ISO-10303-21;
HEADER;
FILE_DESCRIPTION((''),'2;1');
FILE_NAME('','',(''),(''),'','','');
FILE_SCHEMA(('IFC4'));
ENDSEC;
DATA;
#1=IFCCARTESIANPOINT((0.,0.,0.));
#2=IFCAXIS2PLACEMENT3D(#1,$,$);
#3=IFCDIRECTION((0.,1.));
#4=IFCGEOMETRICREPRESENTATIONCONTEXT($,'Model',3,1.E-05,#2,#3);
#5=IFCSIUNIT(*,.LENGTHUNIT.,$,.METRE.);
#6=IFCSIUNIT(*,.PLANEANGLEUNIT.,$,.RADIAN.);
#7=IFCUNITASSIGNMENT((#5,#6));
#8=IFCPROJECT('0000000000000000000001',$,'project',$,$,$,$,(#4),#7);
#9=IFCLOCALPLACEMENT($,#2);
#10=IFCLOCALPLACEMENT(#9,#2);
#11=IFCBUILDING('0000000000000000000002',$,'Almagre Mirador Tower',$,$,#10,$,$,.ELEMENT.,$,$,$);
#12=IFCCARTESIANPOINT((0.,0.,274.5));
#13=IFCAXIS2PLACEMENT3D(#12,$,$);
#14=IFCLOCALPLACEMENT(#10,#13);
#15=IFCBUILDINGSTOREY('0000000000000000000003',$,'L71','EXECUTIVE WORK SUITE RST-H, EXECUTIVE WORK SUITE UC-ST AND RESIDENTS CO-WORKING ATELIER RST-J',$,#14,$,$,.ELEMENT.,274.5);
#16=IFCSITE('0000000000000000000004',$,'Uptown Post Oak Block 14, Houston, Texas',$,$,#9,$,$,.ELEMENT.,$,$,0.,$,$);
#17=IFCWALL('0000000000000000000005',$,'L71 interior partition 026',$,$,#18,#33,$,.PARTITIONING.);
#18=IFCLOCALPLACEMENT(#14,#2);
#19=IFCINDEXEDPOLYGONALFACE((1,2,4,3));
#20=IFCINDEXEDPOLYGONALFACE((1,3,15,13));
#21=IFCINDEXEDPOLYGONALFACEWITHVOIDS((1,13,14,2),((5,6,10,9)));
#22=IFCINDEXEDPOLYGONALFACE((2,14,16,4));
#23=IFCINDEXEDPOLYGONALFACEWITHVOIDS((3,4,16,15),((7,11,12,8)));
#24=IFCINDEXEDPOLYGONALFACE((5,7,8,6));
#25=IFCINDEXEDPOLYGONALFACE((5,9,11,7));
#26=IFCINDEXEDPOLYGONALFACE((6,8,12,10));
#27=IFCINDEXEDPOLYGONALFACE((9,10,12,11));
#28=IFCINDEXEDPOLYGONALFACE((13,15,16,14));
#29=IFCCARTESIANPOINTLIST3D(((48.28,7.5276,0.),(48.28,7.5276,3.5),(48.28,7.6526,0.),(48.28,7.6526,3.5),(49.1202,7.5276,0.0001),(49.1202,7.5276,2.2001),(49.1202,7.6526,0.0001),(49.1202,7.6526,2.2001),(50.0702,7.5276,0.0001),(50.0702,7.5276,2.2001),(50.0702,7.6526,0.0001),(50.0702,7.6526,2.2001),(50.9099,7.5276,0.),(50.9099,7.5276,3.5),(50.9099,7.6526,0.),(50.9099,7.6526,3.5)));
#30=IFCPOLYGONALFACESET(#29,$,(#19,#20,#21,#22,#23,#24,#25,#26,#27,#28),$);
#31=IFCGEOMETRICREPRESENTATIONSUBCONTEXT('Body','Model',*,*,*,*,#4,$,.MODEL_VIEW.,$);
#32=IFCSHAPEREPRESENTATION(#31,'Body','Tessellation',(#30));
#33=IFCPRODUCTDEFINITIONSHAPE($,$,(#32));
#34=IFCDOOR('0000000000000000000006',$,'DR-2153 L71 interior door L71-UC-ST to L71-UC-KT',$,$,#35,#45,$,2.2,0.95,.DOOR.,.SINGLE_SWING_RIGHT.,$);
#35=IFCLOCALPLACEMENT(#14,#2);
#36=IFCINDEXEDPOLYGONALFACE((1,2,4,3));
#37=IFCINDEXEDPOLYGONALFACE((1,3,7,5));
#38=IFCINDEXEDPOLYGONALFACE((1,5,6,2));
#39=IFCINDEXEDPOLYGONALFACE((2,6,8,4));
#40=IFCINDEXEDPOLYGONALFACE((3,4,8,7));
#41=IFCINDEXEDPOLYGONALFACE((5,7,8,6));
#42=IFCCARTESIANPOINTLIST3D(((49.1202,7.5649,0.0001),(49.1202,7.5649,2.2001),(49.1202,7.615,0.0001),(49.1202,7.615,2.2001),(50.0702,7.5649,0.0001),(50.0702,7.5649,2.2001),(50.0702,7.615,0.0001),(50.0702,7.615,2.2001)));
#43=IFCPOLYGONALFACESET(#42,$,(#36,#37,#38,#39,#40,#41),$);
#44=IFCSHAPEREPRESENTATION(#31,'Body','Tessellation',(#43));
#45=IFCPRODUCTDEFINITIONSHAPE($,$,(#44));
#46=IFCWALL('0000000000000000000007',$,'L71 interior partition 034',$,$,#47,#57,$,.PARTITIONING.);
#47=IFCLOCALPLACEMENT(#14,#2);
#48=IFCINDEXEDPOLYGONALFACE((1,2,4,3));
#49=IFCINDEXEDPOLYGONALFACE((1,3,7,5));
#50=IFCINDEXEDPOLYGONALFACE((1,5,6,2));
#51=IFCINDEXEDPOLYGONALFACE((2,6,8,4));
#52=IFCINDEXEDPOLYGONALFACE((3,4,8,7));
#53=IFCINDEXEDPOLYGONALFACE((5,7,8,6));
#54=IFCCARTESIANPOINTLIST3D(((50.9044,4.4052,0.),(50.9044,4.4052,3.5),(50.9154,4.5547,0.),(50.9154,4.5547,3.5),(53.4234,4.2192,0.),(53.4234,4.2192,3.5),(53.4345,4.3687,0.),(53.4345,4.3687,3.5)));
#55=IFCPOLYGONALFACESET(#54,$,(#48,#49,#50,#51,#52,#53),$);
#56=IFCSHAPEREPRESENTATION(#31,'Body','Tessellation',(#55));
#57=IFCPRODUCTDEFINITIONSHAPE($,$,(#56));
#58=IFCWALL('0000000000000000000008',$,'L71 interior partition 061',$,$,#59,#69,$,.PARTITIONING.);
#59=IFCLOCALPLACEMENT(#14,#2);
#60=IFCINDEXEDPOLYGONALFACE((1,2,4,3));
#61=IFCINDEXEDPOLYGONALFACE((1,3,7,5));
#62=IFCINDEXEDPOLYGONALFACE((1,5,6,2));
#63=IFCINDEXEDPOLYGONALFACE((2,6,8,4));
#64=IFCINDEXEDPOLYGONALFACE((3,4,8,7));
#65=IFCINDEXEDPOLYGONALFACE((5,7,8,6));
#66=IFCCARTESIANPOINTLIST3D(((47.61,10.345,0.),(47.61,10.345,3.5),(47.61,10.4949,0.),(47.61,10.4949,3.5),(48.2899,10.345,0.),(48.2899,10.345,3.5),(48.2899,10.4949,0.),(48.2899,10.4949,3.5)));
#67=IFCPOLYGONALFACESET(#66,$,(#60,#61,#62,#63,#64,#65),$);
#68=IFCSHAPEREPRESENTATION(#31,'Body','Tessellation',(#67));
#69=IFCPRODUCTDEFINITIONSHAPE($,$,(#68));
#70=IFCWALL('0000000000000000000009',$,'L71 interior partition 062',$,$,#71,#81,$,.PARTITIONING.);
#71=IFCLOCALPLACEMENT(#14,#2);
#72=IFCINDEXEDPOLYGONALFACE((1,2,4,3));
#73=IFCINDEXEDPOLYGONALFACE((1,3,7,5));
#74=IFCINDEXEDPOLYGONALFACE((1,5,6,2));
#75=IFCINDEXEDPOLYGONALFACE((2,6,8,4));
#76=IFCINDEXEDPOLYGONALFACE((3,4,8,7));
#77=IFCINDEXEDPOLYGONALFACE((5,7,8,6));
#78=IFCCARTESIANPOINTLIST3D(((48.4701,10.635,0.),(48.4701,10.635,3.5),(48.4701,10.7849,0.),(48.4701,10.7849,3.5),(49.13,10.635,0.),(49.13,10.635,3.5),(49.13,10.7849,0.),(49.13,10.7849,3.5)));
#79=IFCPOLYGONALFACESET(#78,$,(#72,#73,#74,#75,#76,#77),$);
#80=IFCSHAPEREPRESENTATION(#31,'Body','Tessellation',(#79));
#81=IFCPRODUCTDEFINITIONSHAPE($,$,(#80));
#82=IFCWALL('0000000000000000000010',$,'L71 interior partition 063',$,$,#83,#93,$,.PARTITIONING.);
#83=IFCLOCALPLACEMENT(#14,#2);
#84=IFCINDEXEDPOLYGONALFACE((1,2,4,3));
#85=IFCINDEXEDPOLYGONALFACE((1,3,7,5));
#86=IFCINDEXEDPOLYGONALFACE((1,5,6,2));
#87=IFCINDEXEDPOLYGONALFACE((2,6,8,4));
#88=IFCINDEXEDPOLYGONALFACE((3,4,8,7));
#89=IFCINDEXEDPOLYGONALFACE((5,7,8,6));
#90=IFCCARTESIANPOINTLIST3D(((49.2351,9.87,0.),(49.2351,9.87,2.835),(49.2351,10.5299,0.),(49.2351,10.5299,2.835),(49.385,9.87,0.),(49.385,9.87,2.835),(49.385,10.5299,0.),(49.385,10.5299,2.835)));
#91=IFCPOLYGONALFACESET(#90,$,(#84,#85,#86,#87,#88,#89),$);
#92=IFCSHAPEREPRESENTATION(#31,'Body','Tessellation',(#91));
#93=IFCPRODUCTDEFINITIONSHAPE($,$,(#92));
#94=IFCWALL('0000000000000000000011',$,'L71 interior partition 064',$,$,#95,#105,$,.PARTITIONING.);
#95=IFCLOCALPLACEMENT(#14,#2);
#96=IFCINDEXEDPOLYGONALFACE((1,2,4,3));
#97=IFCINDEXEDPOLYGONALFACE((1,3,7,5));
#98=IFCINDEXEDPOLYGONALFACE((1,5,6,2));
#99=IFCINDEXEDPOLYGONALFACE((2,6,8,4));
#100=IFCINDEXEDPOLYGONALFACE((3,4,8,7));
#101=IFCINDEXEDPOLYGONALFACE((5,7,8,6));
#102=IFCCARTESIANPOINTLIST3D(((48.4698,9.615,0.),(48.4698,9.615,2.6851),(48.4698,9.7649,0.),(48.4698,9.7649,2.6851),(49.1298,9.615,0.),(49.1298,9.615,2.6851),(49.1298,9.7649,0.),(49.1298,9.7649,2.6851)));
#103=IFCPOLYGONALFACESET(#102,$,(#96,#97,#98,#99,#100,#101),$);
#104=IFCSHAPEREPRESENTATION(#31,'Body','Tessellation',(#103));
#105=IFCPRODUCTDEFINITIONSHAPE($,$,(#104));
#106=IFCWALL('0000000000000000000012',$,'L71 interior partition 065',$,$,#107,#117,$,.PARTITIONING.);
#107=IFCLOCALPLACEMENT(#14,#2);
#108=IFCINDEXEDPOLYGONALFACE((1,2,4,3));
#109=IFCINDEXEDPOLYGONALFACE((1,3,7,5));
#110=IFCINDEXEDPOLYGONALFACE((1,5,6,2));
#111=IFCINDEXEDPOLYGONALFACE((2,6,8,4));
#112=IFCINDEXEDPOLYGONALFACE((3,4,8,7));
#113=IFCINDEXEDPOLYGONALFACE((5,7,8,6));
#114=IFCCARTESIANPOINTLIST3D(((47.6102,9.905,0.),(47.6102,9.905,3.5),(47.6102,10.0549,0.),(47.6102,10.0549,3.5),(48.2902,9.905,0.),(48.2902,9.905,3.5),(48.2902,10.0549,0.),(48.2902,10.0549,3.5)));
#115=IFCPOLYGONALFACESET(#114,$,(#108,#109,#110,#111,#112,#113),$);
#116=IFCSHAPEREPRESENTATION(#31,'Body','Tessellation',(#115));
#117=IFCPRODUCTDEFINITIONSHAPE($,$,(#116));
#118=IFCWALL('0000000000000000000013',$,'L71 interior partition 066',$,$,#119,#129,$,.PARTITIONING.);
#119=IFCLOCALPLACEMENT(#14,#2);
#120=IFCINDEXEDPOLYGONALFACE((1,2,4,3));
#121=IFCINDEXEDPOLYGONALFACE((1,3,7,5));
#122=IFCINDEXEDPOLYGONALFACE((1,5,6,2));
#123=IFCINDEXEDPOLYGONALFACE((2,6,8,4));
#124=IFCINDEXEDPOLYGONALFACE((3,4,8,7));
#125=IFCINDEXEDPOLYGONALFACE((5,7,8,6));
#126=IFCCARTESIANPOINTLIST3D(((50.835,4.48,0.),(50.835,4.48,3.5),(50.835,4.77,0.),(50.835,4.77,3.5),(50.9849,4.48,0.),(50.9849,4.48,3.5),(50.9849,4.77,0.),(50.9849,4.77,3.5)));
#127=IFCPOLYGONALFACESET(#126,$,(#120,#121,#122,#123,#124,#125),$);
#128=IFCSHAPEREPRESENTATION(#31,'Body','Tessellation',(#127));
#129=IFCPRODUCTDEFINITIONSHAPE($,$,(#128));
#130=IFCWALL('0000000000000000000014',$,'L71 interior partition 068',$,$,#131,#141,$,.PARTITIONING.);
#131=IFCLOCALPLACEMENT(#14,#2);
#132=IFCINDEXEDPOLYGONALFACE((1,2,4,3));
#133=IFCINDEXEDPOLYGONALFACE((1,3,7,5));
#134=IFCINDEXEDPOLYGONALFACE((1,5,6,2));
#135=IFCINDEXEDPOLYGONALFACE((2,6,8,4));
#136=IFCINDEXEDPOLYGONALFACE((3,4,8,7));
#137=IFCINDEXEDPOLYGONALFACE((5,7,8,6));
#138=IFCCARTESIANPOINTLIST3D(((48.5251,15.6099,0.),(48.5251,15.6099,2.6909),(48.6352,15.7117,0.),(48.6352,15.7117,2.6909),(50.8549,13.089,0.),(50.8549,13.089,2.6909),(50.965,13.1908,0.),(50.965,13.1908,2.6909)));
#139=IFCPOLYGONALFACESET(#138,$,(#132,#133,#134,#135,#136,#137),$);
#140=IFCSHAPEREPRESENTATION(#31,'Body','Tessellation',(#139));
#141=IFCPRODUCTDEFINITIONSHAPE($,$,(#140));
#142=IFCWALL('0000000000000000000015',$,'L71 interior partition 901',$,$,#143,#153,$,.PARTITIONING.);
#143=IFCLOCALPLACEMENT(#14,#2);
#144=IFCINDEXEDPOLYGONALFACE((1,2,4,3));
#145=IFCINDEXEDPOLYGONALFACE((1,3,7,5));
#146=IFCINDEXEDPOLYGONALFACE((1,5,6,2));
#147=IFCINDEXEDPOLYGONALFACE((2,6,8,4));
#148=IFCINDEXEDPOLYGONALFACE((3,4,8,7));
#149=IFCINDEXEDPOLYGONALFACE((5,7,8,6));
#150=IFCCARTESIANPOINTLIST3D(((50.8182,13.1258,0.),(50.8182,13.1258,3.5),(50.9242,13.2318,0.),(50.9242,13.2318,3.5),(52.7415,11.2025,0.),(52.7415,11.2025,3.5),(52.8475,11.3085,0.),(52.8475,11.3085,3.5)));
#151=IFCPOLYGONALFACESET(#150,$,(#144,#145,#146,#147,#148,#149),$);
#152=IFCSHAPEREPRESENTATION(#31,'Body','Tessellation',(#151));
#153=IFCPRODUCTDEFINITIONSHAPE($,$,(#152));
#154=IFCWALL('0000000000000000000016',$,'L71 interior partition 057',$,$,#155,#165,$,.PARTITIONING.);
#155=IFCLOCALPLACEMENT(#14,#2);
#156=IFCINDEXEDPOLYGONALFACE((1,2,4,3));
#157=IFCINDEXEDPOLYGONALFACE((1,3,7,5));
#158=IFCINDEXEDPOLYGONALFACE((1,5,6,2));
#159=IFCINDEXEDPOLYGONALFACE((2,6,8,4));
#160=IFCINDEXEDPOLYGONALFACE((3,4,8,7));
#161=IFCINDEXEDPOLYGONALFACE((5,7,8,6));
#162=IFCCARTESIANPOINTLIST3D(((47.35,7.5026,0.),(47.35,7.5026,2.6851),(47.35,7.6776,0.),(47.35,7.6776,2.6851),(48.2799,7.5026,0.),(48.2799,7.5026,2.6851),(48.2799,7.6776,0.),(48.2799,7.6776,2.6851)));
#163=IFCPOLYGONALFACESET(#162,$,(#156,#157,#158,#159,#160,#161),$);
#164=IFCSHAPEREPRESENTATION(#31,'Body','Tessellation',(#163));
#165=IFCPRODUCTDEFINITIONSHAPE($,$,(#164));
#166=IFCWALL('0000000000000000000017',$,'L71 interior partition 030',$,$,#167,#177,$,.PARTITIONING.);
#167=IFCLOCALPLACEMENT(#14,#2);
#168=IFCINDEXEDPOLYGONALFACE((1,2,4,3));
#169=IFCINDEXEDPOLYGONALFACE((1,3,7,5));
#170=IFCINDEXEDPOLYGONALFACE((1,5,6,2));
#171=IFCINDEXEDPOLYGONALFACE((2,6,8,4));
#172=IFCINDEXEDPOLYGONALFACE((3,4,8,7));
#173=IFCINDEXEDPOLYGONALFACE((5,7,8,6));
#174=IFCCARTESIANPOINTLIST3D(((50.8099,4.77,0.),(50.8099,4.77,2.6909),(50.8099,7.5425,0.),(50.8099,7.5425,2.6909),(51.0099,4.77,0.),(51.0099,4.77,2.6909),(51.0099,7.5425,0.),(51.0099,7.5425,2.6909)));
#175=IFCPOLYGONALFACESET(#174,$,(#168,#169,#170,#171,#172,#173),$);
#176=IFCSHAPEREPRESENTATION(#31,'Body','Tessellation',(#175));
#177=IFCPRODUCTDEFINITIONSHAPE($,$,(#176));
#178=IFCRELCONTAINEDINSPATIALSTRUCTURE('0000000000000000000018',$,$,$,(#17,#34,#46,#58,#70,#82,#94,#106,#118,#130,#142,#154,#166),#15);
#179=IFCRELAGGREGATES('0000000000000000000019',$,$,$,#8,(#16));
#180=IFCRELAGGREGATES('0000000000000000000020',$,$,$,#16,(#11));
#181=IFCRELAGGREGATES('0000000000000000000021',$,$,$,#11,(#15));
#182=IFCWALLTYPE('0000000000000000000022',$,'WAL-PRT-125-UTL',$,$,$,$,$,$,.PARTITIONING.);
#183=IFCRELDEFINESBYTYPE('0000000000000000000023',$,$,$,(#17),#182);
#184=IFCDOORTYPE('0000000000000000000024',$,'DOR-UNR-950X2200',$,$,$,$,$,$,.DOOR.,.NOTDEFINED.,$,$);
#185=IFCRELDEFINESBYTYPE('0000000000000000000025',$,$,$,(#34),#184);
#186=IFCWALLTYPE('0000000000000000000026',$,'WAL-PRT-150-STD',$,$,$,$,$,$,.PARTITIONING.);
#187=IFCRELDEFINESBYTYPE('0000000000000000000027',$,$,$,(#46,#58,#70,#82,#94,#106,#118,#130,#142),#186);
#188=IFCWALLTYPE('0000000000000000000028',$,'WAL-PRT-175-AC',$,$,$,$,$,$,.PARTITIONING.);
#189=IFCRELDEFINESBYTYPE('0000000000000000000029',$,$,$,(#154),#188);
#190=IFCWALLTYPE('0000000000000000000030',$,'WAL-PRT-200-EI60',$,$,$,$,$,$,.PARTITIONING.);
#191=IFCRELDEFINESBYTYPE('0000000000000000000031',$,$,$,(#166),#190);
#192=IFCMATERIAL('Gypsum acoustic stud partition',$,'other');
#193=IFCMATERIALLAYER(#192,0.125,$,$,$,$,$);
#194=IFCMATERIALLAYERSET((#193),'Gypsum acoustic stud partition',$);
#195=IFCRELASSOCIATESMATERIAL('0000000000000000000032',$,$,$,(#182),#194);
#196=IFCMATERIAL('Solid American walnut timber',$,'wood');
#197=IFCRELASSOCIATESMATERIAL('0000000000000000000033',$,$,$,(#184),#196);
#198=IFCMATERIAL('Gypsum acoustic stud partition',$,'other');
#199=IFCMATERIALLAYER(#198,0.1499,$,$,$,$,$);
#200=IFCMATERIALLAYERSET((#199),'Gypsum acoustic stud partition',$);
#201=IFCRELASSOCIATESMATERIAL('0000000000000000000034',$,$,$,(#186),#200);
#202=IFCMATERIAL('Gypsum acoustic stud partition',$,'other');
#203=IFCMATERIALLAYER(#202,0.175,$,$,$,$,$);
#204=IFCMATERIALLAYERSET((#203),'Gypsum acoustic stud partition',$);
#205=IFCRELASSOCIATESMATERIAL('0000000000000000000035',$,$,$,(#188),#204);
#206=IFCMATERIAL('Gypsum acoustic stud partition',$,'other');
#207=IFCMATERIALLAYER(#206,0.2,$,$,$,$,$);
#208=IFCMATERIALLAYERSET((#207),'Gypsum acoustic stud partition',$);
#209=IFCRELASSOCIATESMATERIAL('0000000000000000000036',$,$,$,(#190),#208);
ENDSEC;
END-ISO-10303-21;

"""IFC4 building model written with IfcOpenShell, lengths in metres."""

from ifc_helpers import new_model, si_unit, direction, frame, frame_2d, origin, place, context, subcontext, project, spatial, rectangle, extrude, material, layer, layer_set, type_object, element, fill, save


model = new_model("IFC4")

# Units and contexts
model_context = context("Model", 3, precision=1e-05, world=origin(), true_north=direction((0.0, 1.0)))
body_context = subcontext(model_context, "Body", "Model", "MODEL_VIEW")
ifc_project = project(units=[si_unit("LENGTHUNIT", "METRE"), si_unit("PLANEANGLEUNIT", "RADIAN")], contexts=[model_context])

# Site, building, storey
site_placement = place(None, origin())
site = spatial("IfcSite", under=ifc_project, at=site_placement, Name="Uptown Post Oak Block 14, Houston, Texas", CompositionType="ELEMENT", RefElevation=0.0)
building_placement = place(site_placement, origin())
building = spatial("IfcBuilding", under=site, at=building_placement, Name="Almagre Mirador Tower", CompositionType="ELEMENT")
storey_placement = place(building_placement, frame((0.0, 0.0, 274.5)))
storey = spatial("IfcBuildingStorey", under=building, at=storey_placement, Name="L71", Description="EXECUTIVE WORK SUITE RST-H, EXECUTIVE WORK SUITE UC-ST AND RESIDENTS CO-WORKING ATELIER RST-J", CompositionType="ELEMENT", Elevation=274.5)

# Wall, opening, door
ifc_material_1 = material(Name="Gypsum acoustic stud partition", Category="other")
ifc_layer_1 = layer(ifc_material_1, 0.125)
ifc_layer_set_1 = layer_set([ifc_layer_1], Name="Gypsum acoustic stud partition")
wall_type_1 = type_object("IfcWallType", Name="WAL-PRT-125-UTL", PredefinedType="PARTITIONING", material=ifc_layer_set_1)
wall_1_placement = place(storey_placement, frame((48.28, 7.5901, 0.0), z_axis=(0.0, 0.0, 1.0), x_axis=(1.0, 0.0, 0.0)))
wall_1 = element("IfcWall", 1, at=wall_1_placement, inside=storey, type_object=wall_type_1, Name="L71 interior partition 026", PredefinedType="PARTITIONING", context=body_context, shape_type="SweptSolid", body=[
    extrude(rectangle(XDim=2.6299, YDim=0.125, at=frame_2d((1.3149, 0.0))), origin(), (0.0, 0.0, 1.0), 3.5),
])
opening_1_placement = place(wall_1_placement, frame((0.8401, 0.0, 0.0)))
opening_1 = element("IfcOpeningElement", 2, at=opening_1_placement, cuts=wall_1, PredefinedType="OPENING", context=body_context, shape_type="SweptSolid", body=[
    extrude(rectangle(XDim=0.95, YDim=2.2, at=frame_2d((0.4751, 1.1001))), frame((0.0, 0.0725, 0.0), z_axis=(0.0, -1.0, 0.0), x_axis=(1.0, 0.0, 0.0)), (0.0, 0.0, 1.0), 0.145),
])
ifc_material_2 = material(Name="Solid American walnut timber", Category="wood")
door_type = type_object("IfcDoorType", Name="DOR-UNR-950X2200", OperationType="NOTDEFINED", PredefinedType="DOOR", material=ifc_material_2)
door_placement = place(opening_1_placement, origin())
door = element("IfcDoor", 3, at=door_placement, inside=storey, type_object=door_type, Name="DR-2153 L71 interior door L71-UC-ST to L71-UC-KT", OperationType="SINGLE_SWING_RIGHT", OverallHeight=2.2, OverallWidth=0.95, PredefinedType="DOOR", context=body_context, shape_type="SweptSolid", body=[
    extrude(rectangle(XDim=0.95, YDim=2.2, at=frame_2d((0.4751, 1.1001))), frame((0.0, 0.0249, 0.0), z_axis=(0.0, -1.0, 0.0), x_axis=(1.0, 0.0, 0.0)), (0.0, 0.0, 1.0), 0.05),
])
fill(opening_1, door)

# Walls
ifc_material_3 = material(Name="Gypsum acoustic stud partition", Category="other")
ifc_layer_2 = layer(ifc_material_3, 0.1499)
ifc_layer_set_2 = layer_set([ifc_layer_2], Name="Gypsum acoustic stud partition")
wall_type_2 = type_object("IfcWallType", Name="WAL-PRT-150-STD", PredefinedType="PARTITIONING", material=ifc_layer_set_2)
wall_2_placement = place(storey_placement, frame((50.9099, 4.48, 0.0), z_axis=(0.0, 0.0, 1.0), x_axis=(0.997284, -0.073651, 0.0)))
element("IfcWall", 4, at=wall_2_placement, inside=storey, type_object=wall_type_2, Name="L71 interior partition 034", PredefinedType="PARTITIONING", context=body_context, shape_type="SweptSolid", body=[
    extrude(rectangle(XDim=2.5259, YDim=0.1499, at=frame_2d((1.2629, 0.0))), origin(), (0.0, 0.0, 1.0), 3.5),
])
wall_3_placement = place(storey_placement, frame((47.6101, 10.4199, 0.0), z_axis=(0.0, 0.0, 1.0), x_axis=(1.0, 0.0, 0.0)))
element("IfcWall", 5, at=wall_3_placement, inside=storey, type_object=wall_type_2, Name="L71 interior partition 061", PredefinedType="PARTITIONING", context=body_context, shape_type="SweptSolid", body=[
    extrude(rectangle(XDim=0.6799, YDim=0.1499, at=frame_2d((0.3398, 0.0))), origin(), (0.0, 0.0, 1.0), 3.5),
])
wall_4_placement = place(storey_placement, frame((48.47, 10.71, 0.0), z_axis=(0.0, 0.0, 1.0), x_axis=(1.0, 0.0, 0.0)))
element("IfcWall", 6, at=wall_4_placement, inside=storey, type_object=wall_type_2, Name="L71 interior partition 062", PredefinedType="PARTITIONING", context=body_context, shape_type="SweptSolid", body=[
    extrude(rectangle(XDim=0.6599, YDim=0.1499, at=frame_2d((0.3301, 0.0))), origin(), (0.0, 0.0, 1.0), 3.5),
])
wall_5_placement = place(storey_placement, frame((49.3101, 10.53, 0.0), z_axis=(0.0, 0.0, 1.0), x_axis=(0.0, -1.0, 0.0)))
element("IfcWall", 7, at=wall_5_placement, inside=storey, type_object=wall_type_2, Name="L71 interior partition 063", PredefinedType="PARTITIONING", context=body_context, shape_type="SweptSolid", body=[
    extrude(rectangle(XDim=0.6599, YDim=0.1499, at=frame_2d((0.3301, 0.0))), origin(), (0.0, 0.0, 1.0), 2.835),
])
wall_6_placement = place(storey_placement, frame((49.1299, 9.6899, 0.0), z_axis=(0.0, 0.0, 1.0), x_axis=(-1.0, 0.0, 0.0)))
element("IfcWall", 8, at=wall_6_placement, inside=storey, type_object=wall_type_2, Name="L71 interior partition 064", PredefinedType="PARTITIONING", context=body_context, shape_type="SweptSolid", body=[
    extrude(rectangle(XDim=0.6599, YDim=0.1499, at=frame_2d((0.3301, 0.0))), origin(), (0.0, 0.0, 1.0), 2.6851),
])
wall_7_placement = place(storey_placement, frame((48.29, 9.98, 0.0), z_axis=(0.0, 0.0, 1.0), x_axis=(-1.0, 0.0, 0.0)))
element("IfcWall", 9, at=wall_7_placement, inside=storey, type_object=wall_type_2, Name="L71 interior partition 065", PredefinedType="PARTITIONING", context=body_context, shape_type="SweptSolid", body=[
    extrude(rectangle(XDim=0.6799, YDim=0.1499, at=frame_2d((0.3398, 0.0))), origin(), (0.0, 0.0, 1.0), 3.5),
])
wall_8_placement = place(storey_placement, frame((50.9099, 4.77, 0.0), z_axis=(0.0, 0.0, 1.0), x_axis=(0.0, -1.0, 0.0)))
element("IfcWall", 10, at=wall_8_placement, inside=storey, type_object=wall_type_2, Name="L71 interior partition 066", PredefinedType="PARTITIONING", context=body_context, shape_type="SweptSolid", body=[
    extrude(rectangle(XDim=0.29, YDim=0.1499, at=frame_2d((0.145, 0.0))), origin(), (0.0, 0.0, 1.0), 3.5),
])
wall_9_placement = place(storey_placement, frame((50.9099, 13.1399, 0.0), z_axis=(0.0, 0.0, 1.0), x_axis=(-0.678714, 0.734402, 0.0)))
element("IfcWall", 11, at=wall_9_placement, inside=storey, type_object=wall_type_2, Name="L71 interior partition 068", PredefinedType="PARTITIONING", context=body_context, shape_type="SweptSolid", body=[
    extrude(rectangle(XDim=3.4326, YDim=0.1499, at=frame_2d((1.7163, 0.0))), origin(), (0.0, 0.0, 1.0), 2.6909),
])
wall_10_placement = place(storey_placement, frame((52.7944, 11.2556, 0.0), z_axis=(0.0, 0.0, 1.0), x_axis=(-0.707107, 0.707107, 0.0)))
element("IfcWall", 12, at=wall_10_placement, inside=storey, type_object=wall_type_2, Name="L71 interior partition 901", PredefinedType="PARTITIONING", context=body_context, shape_type="SweptSolid", body=[
    extrude(rectangle(XDim=2.72, YDim=0.1499, at=frame_2d((1.3599, 0.0))), origin(), (0.0, 0.0, 1.0), 3.5),
])
ifc_material_4 = material(Name="Gypsum acoustic stud partition", Category="other")
ifc_layer_3 = layer(ifc_material_4, 0.175)
ifc_layer_set_3 = layer_set([ifc_layer_3], Name="Gypsum acoustic stud partition")
wall_type_3 = type_object("IfcWallType", Name="WAL-PRT-175-AC", PredefinedType="PARTITIONING", material=ifc_layer_set_3)
wall_11_placement = place(storey_placement, frame((47.3501, 7.5901, 0.0), z_axis=(0.0, 0.0, 1.0), x_axis=(1.0, 0.0, 0.0)))
element("IfcWall", 13, at=wall_11_placement, inside=storey, type_object=wall_type_3, Name="L71 interior partition 057", PredefinedType="PARTITIONING", context=body_context, shape_type="SweptSolid", body=[
    extrude(rectangle(XDim=0.9299, YDim=0.175, at=frame_2d((0.4648, 0.0))), origin(), (0.0, 0.0, 1.0), 2.6851),
])
ifc_material_5 = material(Name="Gypsum acoustic stud partition", Category="other")
ifc_layer_4 = layer(ifc_material_5, 0.2)
ifc_layer_set_4 = layer_set([ifc_layer_4], Name="Gypsum acoustic stud partition")
wall_type_4 = type_object("IfcWallType", Name="WAL-PRT-200-EI60", PredefinedType="PARTITIONING", material=ifc_layer_set_4)
wall_12_placement = place(storey_placement, frame((50.9099, 4.77, 0.0), z_axis=(0.0, 0.0, 1.0), x_axis=(0.0, 1.0, 0.0)))
element("IfcWall", 14, at=wall_12_placement, inside=storey, type_object=wall_type_4, Name="L71 interior partition 030", PredefinedType="PARTITIONING", context=body_context, shape_type="SweptSolid", body=[
    extrude(rectangle(XDim=2.7725, YDim=0.2, at=frame_2d((1.3862, 0.0))), origin(), (0.0, 0.0, 1.0), 2.6909),
])

save(model, "model.ifc")
